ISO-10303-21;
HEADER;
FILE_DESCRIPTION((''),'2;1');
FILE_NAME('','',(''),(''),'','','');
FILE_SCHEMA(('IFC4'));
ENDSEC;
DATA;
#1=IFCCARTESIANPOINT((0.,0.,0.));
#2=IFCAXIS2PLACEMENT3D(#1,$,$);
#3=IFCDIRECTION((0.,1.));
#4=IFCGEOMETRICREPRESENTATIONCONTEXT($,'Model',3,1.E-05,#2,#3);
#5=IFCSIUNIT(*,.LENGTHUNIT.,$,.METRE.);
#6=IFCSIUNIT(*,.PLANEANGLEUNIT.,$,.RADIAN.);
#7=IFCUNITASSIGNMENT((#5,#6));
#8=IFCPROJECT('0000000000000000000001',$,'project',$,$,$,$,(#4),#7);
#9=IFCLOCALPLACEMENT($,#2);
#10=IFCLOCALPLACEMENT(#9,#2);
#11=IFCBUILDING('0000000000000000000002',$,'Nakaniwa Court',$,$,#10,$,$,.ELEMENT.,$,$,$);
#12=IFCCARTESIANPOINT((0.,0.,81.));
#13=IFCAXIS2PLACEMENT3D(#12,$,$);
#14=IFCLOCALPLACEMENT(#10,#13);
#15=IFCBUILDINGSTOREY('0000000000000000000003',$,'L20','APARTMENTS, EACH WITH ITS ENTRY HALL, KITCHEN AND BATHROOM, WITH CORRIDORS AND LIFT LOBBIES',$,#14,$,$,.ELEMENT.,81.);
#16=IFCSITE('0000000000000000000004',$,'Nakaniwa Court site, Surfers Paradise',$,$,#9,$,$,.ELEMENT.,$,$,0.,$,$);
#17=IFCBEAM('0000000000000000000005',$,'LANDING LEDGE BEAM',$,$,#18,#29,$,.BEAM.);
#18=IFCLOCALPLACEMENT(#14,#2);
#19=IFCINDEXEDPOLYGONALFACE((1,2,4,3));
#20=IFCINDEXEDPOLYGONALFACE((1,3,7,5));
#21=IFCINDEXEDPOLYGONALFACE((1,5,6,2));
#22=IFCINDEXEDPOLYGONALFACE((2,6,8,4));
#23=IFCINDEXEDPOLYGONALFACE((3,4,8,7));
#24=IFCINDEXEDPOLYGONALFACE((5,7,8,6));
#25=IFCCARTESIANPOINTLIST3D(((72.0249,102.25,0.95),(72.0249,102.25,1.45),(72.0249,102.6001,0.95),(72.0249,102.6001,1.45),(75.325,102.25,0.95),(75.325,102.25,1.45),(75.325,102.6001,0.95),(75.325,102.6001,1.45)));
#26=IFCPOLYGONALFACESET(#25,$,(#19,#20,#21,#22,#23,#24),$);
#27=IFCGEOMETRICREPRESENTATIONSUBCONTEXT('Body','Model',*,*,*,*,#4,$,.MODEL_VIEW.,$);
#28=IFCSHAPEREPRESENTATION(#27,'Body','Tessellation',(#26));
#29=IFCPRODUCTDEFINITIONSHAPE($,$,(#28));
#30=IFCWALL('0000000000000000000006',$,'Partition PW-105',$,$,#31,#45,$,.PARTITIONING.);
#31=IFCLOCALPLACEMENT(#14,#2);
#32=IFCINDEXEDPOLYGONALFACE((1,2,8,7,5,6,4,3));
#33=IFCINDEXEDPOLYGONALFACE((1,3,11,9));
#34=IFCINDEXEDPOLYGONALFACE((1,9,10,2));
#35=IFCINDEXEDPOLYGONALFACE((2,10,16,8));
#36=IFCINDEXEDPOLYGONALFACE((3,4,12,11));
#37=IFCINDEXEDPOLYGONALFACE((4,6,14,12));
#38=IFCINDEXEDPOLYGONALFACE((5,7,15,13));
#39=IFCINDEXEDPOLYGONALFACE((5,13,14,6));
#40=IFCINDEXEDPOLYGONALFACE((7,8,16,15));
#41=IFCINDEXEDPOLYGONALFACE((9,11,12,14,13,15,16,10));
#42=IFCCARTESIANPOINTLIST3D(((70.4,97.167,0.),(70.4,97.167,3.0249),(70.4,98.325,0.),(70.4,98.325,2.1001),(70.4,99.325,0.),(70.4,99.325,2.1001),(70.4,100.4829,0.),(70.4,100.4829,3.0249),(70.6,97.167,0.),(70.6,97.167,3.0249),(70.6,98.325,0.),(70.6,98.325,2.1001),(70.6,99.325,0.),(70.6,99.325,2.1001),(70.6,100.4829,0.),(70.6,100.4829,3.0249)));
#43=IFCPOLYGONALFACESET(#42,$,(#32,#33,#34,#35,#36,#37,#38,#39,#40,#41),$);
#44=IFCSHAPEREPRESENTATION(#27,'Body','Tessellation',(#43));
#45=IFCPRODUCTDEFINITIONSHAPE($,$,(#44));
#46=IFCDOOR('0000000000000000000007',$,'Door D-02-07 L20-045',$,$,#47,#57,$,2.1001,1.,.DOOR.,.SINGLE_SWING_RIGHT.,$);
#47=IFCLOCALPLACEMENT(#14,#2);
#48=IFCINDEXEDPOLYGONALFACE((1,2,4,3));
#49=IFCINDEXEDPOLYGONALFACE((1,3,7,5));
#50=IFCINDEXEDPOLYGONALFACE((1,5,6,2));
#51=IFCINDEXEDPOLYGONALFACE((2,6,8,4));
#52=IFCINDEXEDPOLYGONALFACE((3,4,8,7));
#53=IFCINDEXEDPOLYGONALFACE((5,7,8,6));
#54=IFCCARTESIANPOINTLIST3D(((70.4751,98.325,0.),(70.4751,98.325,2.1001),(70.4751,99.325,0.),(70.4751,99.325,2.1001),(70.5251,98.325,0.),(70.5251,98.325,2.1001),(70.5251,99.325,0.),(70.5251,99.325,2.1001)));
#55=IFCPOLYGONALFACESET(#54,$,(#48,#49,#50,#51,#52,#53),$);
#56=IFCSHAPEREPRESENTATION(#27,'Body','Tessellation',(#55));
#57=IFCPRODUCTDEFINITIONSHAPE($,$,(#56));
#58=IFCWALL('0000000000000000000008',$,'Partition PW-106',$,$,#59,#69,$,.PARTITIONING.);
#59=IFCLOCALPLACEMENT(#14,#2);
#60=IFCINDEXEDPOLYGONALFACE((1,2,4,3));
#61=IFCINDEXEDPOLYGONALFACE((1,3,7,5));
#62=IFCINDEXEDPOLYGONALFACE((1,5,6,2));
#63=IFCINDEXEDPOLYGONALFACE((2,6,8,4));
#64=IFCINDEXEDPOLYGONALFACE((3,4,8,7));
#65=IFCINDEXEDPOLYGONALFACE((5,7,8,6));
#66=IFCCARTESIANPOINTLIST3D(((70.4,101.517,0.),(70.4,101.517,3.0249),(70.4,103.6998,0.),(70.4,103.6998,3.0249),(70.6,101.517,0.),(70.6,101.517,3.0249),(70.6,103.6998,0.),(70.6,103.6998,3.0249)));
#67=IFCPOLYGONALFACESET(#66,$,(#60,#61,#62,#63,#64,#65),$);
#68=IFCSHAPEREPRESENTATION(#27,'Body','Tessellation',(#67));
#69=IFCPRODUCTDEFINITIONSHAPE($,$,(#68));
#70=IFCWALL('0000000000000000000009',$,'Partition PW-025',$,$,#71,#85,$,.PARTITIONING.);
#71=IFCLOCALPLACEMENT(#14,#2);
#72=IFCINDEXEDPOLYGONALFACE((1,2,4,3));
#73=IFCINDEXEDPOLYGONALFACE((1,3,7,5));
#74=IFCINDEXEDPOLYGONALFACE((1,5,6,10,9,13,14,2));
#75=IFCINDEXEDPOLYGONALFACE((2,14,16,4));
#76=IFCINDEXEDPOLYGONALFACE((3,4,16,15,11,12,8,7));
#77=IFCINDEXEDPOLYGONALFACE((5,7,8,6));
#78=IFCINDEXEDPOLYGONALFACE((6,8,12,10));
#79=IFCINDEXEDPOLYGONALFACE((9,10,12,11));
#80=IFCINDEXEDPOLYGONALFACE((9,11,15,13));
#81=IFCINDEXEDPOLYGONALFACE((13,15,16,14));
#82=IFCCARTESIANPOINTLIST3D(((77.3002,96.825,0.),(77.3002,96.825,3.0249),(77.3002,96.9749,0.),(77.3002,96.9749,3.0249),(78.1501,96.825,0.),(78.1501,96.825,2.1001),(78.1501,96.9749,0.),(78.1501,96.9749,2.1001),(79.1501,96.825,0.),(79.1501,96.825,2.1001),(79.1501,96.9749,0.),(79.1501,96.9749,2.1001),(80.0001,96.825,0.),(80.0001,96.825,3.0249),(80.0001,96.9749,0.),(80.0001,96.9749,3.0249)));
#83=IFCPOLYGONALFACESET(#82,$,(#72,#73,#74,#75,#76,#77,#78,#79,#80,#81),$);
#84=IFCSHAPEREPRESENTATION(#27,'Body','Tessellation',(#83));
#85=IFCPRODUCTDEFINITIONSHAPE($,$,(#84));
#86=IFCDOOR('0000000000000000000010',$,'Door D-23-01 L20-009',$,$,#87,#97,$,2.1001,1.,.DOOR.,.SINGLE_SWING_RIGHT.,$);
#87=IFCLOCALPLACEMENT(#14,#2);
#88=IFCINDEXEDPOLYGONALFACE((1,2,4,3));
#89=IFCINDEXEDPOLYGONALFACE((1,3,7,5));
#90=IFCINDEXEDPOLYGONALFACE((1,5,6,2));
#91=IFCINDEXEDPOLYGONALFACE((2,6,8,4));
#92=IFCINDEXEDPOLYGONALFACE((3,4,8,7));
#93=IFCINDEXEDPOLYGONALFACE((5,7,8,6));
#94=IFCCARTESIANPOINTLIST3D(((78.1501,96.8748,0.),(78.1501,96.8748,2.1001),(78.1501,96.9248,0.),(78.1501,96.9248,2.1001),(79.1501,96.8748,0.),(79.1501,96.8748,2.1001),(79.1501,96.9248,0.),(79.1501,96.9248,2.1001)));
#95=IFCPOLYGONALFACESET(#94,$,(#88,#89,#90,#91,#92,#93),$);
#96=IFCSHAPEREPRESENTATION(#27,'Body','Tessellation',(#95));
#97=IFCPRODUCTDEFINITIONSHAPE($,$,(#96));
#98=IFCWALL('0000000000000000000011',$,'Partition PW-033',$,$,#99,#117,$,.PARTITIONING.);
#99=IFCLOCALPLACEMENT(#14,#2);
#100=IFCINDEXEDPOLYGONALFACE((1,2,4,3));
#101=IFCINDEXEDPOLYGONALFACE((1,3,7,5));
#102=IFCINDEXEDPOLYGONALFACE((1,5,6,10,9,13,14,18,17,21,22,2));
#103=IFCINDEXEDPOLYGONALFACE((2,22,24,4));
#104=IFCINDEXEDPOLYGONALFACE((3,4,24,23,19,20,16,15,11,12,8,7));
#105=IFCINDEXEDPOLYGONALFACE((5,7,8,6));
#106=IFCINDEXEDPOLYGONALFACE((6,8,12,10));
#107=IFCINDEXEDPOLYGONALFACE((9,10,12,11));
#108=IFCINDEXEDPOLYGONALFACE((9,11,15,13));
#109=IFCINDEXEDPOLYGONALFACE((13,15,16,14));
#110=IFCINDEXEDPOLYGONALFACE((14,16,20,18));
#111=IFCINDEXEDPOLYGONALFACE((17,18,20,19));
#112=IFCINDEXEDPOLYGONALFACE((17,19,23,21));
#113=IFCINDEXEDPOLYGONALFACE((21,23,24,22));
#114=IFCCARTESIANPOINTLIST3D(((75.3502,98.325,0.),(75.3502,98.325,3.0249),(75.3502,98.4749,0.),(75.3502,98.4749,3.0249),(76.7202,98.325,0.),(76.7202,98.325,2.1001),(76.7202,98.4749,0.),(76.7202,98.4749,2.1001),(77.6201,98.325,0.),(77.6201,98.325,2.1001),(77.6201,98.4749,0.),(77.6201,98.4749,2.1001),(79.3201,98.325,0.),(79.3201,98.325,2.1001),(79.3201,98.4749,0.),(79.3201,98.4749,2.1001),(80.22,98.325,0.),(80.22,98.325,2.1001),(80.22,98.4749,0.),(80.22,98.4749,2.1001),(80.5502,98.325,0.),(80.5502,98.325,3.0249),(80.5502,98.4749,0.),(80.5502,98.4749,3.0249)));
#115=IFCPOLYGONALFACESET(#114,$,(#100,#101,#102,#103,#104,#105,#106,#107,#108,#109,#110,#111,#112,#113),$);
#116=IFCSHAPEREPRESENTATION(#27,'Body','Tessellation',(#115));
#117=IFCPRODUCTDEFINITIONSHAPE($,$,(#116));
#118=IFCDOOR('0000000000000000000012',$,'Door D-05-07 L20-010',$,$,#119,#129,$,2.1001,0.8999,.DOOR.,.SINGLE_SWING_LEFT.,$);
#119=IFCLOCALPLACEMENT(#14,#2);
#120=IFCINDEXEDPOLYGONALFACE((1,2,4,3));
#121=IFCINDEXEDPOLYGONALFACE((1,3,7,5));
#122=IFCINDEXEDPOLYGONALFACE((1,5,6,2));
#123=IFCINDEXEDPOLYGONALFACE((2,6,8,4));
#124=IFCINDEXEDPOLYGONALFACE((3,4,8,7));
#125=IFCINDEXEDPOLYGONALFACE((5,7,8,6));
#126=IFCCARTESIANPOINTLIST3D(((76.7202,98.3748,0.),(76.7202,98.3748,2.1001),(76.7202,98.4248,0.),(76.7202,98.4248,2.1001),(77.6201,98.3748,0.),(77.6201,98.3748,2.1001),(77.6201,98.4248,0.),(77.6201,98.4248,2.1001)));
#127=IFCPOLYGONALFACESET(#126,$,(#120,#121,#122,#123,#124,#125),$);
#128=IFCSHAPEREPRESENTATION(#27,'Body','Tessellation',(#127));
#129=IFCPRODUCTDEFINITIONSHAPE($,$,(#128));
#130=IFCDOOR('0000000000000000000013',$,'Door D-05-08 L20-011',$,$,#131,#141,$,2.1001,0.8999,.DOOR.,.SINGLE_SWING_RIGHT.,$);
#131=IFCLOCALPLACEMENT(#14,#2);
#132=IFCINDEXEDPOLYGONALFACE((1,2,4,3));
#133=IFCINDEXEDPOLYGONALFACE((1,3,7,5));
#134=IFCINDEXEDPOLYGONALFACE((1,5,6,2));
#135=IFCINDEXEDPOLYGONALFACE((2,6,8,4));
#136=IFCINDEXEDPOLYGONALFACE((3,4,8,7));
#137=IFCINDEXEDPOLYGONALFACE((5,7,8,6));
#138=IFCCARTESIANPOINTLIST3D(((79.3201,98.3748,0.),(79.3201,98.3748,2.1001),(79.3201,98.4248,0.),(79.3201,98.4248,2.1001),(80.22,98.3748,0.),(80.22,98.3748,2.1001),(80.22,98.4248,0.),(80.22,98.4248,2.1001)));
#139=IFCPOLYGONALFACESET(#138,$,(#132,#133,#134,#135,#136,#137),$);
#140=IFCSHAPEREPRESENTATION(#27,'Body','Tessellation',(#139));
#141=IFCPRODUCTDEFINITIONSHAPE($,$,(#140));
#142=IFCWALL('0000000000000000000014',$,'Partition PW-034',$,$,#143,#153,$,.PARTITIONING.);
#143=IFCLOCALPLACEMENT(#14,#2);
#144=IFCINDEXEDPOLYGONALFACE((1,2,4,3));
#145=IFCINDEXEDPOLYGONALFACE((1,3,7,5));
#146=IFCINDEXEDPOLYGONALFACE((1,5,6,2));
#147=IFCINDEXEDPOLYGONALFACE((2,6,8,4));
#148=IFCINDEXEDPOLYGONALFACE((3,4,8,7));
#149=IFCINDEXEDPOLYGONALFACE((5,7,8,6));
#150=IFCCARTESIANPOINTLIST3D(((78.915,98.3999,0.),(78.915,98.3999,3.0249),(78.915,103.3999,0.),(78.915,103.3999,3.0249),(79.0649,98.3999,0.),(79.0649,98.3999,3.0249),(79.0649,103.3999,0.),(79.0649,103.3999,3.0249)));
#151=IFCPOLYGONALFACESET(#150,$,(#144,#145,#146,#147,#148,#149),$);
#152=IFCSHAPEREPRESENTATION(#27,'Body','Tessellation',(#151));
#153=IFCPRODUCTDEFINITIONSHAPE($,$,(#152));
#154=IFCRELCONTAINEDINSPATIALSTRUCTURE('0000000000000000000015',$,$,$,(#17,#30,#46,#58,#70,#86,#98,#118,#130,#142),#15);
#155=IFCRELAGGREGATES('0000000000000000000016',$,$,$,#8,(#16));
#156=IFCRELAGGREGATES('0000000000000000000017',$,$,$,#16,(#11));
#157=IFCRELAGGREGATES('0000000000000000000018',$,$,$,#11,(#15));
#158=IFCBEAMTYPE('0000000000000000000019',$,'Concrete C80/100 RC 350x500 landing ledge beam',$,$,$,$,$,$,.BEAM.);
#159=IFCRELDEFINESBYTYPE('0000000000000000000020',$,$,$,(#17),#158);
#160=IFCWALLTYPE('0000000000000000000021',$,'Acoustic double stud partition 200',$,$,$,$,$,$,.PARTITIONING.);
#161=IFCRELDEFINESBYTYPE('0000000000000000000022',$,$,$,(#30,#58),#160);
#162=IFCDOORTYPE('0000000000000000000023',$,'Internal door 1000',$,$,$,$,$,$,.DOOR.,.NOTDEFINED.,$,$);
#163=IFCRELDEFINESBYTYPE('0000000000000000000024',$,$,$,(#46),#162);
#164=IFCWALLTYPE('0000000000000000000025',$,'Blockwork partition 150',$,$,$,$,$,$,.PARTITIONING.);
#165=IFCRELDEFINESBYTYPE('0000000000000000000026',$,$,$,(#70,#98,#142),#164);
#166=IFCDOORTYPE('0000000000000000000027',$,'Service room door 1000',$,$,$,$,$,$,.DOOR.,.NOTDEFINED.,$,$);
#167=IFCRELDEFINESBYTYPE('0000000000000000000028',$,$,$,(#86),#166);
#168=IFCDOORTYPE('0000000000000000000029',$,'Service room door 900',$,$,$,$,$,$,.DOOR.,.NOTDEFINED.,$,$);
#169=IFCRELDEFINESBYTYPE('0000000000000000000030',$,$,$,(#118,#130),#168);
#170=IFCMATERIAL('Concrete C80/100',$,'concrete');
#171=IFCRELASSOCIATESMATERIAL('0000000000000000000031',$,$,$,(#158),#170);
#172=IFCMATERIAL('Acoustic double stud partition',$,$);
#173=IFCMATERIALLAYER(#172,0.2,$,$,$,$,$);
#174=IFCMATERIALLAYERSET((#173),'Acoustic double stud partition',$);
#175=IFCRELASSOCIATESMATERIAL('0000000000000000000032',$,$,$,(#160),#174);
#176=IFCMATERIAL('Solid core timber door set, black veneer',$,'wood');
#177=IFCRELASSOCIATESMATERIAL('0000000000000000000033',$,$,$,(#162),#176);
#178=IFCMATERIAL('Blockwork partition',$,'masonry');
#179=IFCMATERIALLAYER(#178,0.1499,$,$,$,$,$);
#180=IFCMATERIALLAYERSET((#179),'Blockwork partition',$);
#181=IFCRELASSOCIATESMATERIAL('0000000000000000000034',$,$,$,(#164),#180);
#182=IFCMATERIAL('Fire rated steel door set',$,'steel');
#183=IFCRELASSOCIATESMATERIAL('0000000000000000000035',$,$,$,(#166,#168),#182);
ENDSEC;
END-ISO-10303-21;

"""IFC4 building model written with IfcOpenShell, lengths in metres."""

from ifc_helpers import new_model, si_unit, direction, frame, frame_2d, origin, origin_2d, place, context, subcontext, project, spatial, rectangle, extrude, material, layer, layer_set, material_profile, profile_set, type_object, element, fill, save


model = new_model("IFC4")

# Units and contexts
model_context = context("Model", 3, precision=1e-05, world=origin(), true_north=direction((0.0, 1.0)))
body_context = subcontext(model_context, "Body", "Model", "MODEL_VIEW")
ifc_project = project(units=[si_unit("LENGTHUNIT", "METRE"), si_unit("PLANEANGLEUNIT", "RADIAN")], contexts=[model_context])

# Site, building, storey
site_placement = place(None, origin())
site = spatial("IfcSite", under=ifc_project, at=site_placement, Name="Nakaniwa Court site, Surfers Paradise", CompositionType="ELEMENT", RefElevation=0.0)
building_placement = place(site_placement, origin())
building = spatial("IfcBuilding", under=site, at=building_placement, Name="Nakaniwa Court", CompositionType="ELEMENT")
storey_placement = place(building_placement, frame((0.0, 0.0, 81.0)))
storey = spatial("IfcBuildingStorey", under=building, at=storey_placement, Name="L20", Description="APARTMENTS, EACH WITH ITS ENTRY HALL, KITCHEN AND BATHROOM, WITH CORRIDORS AND LIFT LOBBIES", CompositionType="ELEMENT", Elevation=81.0)

# Beam
ifc_material_1 = material(Name="Concrete C80/100", Category="concrete")
ifc_material_profile = material_profile(ifc_material_1, rectangle(XDim=0.3501, YDim=0.5, at=origin_2d()), Name="Concrete C80/100 RC 350x500 landing ledge beam")
ifc_profile_set = profile_set([ifc_material_profile], Name="Concrete C80/100")
beam_type = type_object("IfcBeamType", Name="Concrete C80/100 RC 350x500 landing ledge beam", PredefinedType="BEAM", material=ifc_profile_set)
beam_placement = place(storey_placement, frame((72.0249, 102.425, 1.2), z_axis=(1.0, 0.0, 0.0), x_axis=(0.0, 1.0, 0.0)))
element("IfcBeam", 1, at=beam_placement, inside=storey, type_object=beam_type, Name="LANDING LEDGE BEAM", PredefinedType="BEAM", context=body_context, shape_type="SweptSolid", body=[
    extrude(rectangle(XDim=0.3501, YDim=0.5, at=origin_2d()), origin(), (0.0, 0.0, 1.0), 3.3),
])

# Wall, opening, door
ifc_material_2 = material(Name="Acoustic double stud partition")
ifc_layer_1 = layer(ifc_material_2, 0.2)
ifc_layer_set_1 = layer_set([ifc_layer_1], Name="Acoustic double stud partition")
wall_type_1 = type_object("IfcWallType", Name="Acoustic double stud partition 200", PredefinedType="PARTITIONING", material=ifc_layer_set_1)
wall_1_placement = place(storey_placement, frame((70.5, 97.167, 0.0), z_axis=(0.0, 0.0, 1.0), x_axis=(0.0, 1.0, 0.0)))
wall_1 = element("IfcWall", 2, at=wall_1_placement, inside=storey, type_object=wall_type_1, Name="Partition PW-105", PredefinedType="PARTITIONING", context=body_context, shape_type="SweptSolid", body=[
    extrude(rectangle(XDim=3.3159, YDim=0.2, at=frame_2d((1.658, 0.0))), origin(), (0.0, 0.0, 1.0), 3.0249),
])
opening_1_placement = place(wall_1_placement, frame((1.158, 0.0, 0.0)))
opening_1 = element("IfcOpeningElement", 3, at=opening_1_placement, cuts=wall_1, PredefinedType="OPENING", context=body_context, shape_type="SweptSolid", body=[
    extrude(rectangle(XDim=1.0, YDim=2.1001, at=frame_2d((0.5, 1.05))), frame((0.0, 0.1099, 0.0), z_axis=(0.0, -1.0, 0.0), x_axis=(1.0, 0.0, 0.0)), (0.0, 0.0, 1.0), 0.22),
])
ifc_material_3 = material(Name="Solid core timber door set, black veneer", Category="wood")
door_type_1 = type_object("IfcDoorType", Name="Internal door 1000", OperationType="NOTDEFINED", PredefinedType="DOOR", material=ifc_material_3)
door_1_placement = place(opening_1_placement, origin())
door_1 = element("IfcDoor", 4, at=door_1_placement, inside=storey, type_object=door_type_1, Name="Door D-02-07 L20-045", OperationType="SINGLE_SWING_RIGHT", OverallHeight=2.1001, OverallWidth=1.0, PredefinedType="DOOR", context=body_context, shape_type="SweptSolid", body=[
    extrude(rectangle(XDim=1.0, YDim=2.1001, at=frame_2d((0.5, 1.05))), frame((0.0, 0.0249, 0.0), z_axis=(0.0, -1.0, 0.0), x_axis=(1.0, 0.0, 0.0)), (0.0, 0.0, 1.0), 0.05),
])
fill(opening_1, door_1)

# Wall
wall_2_placement = place(storey_placement, frame((70.5, 101.5171, 0.0), z_axis=(0.0, 0.0, 1.0), x_axis=(0.0, 1.0, 0.0)))
element("IfcWall", 5, at=wall_2_placement, inside=storey, type_object=wall_type_1, Name="Partition PW-106", PredefinedType="PARTITIONING", context=body_context, shape_type="SweptSolid", body=[
    extrude(rectangle(XDim=2.1829, YDim=0.2, at=frame_2d((1.0913, 0.0))), origin(), (0.0, 0.0, 1.0), 3.0249),
])

# Wall, opening, door
ifc_material_4 = material(Name="Blockwork partition", Category="masonry")
ifc_layer_2 = layer(ifc_material_4, 0.1499)
ifc_layer_set_2 = layer_set([ifc_layer_2], Name="Blockwork partition")
wall_type_2 = type_object("IfcWallType", Name="Blockwork partition 150", PredefinedType="PARTITIONING", material=ifc_layer_set_2)
wall_3_placement = place(storey_placement, frame((77.3, 96.8999, 0.0), z_axis=(0.0, 0.0, 1.0), x_axis=(1.0, 0.0, 0.0)))
wall_3 = element("IfcWall", 6, at=wall_3_placement, inside=storey, type_object=wall_type_2, Name="Partition PW-025", PredefinedType="PARTITIONING", context=body_context, shape_type="SweptSolid", body=[
    extrude(rectangle(XDim=2.7, YDim=0.1499, at=frame_2d((1.3501, 0.0))), origin(), (0.0, 0.0, 1.0), 3.0249),
])
opening_2_placement = place(wall_3_placement, frame((0.8501, 0.0, 0.0)))
opening_2 = element("IfcOpeningElement", 7, at=opening_2_placement, cuts=wall_3, PredefinedType="OPENING", context=body_context, shape_type="SweptSolid", body=[
    extrude(rectangle(XDim=1.0, YDim=2.1001, at=frame_2d((0.5, 1.05))), frame((0.0, 0.085, 0.0), z_axis=(0.0, -1.0, 0.0), x_axis=(1.0, 0.0, 0.0)), (0.0, 0.0, 1.0), 0.1699),
])
ifc_material_5 = material(Name="Fire rated steel door set", Category="steel")
door_type_2 = type_object("IfcDoorType", Name="Service room door 1000", OperationType="NOTDEFINED", PredefinedType="DOOR", material=ifc_material_5)
door_2_placement = place(opening_2_placement, origin())
door_2 = element("IfcDoor", 8, at=door_2_placement, inside=storey, type_object=door_type_2, Name="Door D-23-01 L20-009", OperationType="SINGLE_SWING_RIGHT", OverallHeight=2.1001, OverallWidth=1.0, PredefinedType="DOOR", context=body_context, shape_type="SweptSolid", body=[
    extrude(rectangle(XDim=1.0, YDim=2.1001, at=frame_2d((0.5, 1.05))), frame((0.0, 0.0249, 0.0), z_axis=(0.0, -1.0, 0.0), x_axis=(1.0, 0.0, 0.0)), (0.0, 0.0, 1.0), 0.05),
])
fill(opening_2, door_2)

# Wall, openings, doors
wall_4_placement = place(storey_placement, frame((75.3501, 98.3999, 0.0), z_axis=(0.0, 0.0, 1.0), x_axis=(1.0, 0.0, 0.0)))
wall_4 = element("IfcWall", 9, at=wall_4_placement, inside=storey, type_object=wall_type_2, Name="Partition PW-033", PredefinedType="PARTITIONING", context=body_context, shape_type="SweptSolid", body=[
    extrude(rectangle(XDim=5.2, YDim=0.1499, at=frame_2d((2.6001, 0.0))), origin(), (0.0, 0.0, 1.0), 3.0249),
])
opening_3_placement = place(wall_4_placement, frame((1.3701, 0.0, 0.0)))
opening_3 = element("IfcOpeningElement", 10, at=opening_3_placement, cuts=wall_4, PredefinedType="OPENING", context=body_context, shape_type="SweptSolid", body=[
    extrude(rectangle(XDim=0.8999, YDim=2.1001, at=frame_2d((0.45, 1.05))), frame((0.0, 0.085, 0.0), z_axis=(0.0, -1.0, 0.0), x_axis=(1.0, 0.0, 0.0)), (0.0, 0.0, 1.0), 0.1699),
])
opening_4_placement = place(wall_4_placement, frame((3.97, 0.0, 0.0)))
opening_4 = element("IfcOpeningElement", 11, at=opening_4_placement, cuts=wall_4, PredefinedType="OPENING", context=body_context, shape_type="SweptSolid", body=[
    extrude(rectangle(XDim=0.8999, YDim=2.1001, at=frame_2d((0.45, 1.05))), frame((0.0, 0.085, 0.0), z_axis=(0.0, -1.0, 0.0), x_axis=(1.0, 0.0, 0.0)), (0.0, 0.0, 1.0), 0.1699),
])
door_type_3 = type_object("IfcDoorType", Name="Service room door 900", OperationType="NOTDEFINED", PredefinedType="DOOR", material=ifc_material_5)
door_3_placement = place(opening_3_placement, origin())
door_3 = element("IfcDoor", 12, at=door_3_placement, inside=storey, type_object=door_type_3, Name="Door D-05-07 L20-010", OperationType="SINGLE_SWING_LEFT", OverallHeight=2.1001, OverallWidth=0.8999, PredefinedType="DOOR", context=body_context, shape_type="SweptSolid", body=[
    extrude(rectangle(XDim=0.8999, YDim=2.1001, at=frame_2d((0.45, 1.05))), frame((0.0, 0.0249, 0.0), z_axis=(0.0, -1.0, 0.0), x_axis=(1.0, 0.0, 0.0)), (0.0, 0.0, 1.0), 0.05),
])
fill(opening_3, door_3)
door_4_placement = place(opening_4_placement, origin())
door_4 = element("IfcDoor", 13, at=door_4_placement, inside=storey, type_object=door_type_3, Name="Door D-05-08 L20-011", OperationType="SINGLE_SWING_RIGHT", OverallHeight=2.1001, OverallWidth=0.8999, PredefinedType="DOOR", context=body_context, shape_type="SweptSolid", body=[
    extrude(rectangle(XDim=0.8999, YDim=2.1001, at=frame_2d((0.45, 1.05))), frame((0.0, 0.0249, 0.0), z_axis=(0.0, -1.0, 0.0), x_axis=(1.0, 0.0, 0.0)), (0.0, 0.0, 1.0), 0.05),
])
fill(opening_4, door_4)

# Wall
wall_5_placement = place(storey_placement, frame((78.99, 98.3999, 0.0), z_axis=(0.0, 0.0, 1.0), x_axis=(0.0, 1.0, 0.0)))
element("IfcWall", 14, at=wall_5_placement, inside=storey, type_object=wall_type_2, Name="Partition PW-034", PredefinedType="PARTITIONING", context=body_context, shape_type="SweptSolid", body=[
    extrude(rectangle(XDim=5.0, YDim=0.1499, at=frame_2d((2.5, 0.0))), origin(), (0.0, 0.0, 1.0), 3.0249),
])

save(model, "model.ifc")
